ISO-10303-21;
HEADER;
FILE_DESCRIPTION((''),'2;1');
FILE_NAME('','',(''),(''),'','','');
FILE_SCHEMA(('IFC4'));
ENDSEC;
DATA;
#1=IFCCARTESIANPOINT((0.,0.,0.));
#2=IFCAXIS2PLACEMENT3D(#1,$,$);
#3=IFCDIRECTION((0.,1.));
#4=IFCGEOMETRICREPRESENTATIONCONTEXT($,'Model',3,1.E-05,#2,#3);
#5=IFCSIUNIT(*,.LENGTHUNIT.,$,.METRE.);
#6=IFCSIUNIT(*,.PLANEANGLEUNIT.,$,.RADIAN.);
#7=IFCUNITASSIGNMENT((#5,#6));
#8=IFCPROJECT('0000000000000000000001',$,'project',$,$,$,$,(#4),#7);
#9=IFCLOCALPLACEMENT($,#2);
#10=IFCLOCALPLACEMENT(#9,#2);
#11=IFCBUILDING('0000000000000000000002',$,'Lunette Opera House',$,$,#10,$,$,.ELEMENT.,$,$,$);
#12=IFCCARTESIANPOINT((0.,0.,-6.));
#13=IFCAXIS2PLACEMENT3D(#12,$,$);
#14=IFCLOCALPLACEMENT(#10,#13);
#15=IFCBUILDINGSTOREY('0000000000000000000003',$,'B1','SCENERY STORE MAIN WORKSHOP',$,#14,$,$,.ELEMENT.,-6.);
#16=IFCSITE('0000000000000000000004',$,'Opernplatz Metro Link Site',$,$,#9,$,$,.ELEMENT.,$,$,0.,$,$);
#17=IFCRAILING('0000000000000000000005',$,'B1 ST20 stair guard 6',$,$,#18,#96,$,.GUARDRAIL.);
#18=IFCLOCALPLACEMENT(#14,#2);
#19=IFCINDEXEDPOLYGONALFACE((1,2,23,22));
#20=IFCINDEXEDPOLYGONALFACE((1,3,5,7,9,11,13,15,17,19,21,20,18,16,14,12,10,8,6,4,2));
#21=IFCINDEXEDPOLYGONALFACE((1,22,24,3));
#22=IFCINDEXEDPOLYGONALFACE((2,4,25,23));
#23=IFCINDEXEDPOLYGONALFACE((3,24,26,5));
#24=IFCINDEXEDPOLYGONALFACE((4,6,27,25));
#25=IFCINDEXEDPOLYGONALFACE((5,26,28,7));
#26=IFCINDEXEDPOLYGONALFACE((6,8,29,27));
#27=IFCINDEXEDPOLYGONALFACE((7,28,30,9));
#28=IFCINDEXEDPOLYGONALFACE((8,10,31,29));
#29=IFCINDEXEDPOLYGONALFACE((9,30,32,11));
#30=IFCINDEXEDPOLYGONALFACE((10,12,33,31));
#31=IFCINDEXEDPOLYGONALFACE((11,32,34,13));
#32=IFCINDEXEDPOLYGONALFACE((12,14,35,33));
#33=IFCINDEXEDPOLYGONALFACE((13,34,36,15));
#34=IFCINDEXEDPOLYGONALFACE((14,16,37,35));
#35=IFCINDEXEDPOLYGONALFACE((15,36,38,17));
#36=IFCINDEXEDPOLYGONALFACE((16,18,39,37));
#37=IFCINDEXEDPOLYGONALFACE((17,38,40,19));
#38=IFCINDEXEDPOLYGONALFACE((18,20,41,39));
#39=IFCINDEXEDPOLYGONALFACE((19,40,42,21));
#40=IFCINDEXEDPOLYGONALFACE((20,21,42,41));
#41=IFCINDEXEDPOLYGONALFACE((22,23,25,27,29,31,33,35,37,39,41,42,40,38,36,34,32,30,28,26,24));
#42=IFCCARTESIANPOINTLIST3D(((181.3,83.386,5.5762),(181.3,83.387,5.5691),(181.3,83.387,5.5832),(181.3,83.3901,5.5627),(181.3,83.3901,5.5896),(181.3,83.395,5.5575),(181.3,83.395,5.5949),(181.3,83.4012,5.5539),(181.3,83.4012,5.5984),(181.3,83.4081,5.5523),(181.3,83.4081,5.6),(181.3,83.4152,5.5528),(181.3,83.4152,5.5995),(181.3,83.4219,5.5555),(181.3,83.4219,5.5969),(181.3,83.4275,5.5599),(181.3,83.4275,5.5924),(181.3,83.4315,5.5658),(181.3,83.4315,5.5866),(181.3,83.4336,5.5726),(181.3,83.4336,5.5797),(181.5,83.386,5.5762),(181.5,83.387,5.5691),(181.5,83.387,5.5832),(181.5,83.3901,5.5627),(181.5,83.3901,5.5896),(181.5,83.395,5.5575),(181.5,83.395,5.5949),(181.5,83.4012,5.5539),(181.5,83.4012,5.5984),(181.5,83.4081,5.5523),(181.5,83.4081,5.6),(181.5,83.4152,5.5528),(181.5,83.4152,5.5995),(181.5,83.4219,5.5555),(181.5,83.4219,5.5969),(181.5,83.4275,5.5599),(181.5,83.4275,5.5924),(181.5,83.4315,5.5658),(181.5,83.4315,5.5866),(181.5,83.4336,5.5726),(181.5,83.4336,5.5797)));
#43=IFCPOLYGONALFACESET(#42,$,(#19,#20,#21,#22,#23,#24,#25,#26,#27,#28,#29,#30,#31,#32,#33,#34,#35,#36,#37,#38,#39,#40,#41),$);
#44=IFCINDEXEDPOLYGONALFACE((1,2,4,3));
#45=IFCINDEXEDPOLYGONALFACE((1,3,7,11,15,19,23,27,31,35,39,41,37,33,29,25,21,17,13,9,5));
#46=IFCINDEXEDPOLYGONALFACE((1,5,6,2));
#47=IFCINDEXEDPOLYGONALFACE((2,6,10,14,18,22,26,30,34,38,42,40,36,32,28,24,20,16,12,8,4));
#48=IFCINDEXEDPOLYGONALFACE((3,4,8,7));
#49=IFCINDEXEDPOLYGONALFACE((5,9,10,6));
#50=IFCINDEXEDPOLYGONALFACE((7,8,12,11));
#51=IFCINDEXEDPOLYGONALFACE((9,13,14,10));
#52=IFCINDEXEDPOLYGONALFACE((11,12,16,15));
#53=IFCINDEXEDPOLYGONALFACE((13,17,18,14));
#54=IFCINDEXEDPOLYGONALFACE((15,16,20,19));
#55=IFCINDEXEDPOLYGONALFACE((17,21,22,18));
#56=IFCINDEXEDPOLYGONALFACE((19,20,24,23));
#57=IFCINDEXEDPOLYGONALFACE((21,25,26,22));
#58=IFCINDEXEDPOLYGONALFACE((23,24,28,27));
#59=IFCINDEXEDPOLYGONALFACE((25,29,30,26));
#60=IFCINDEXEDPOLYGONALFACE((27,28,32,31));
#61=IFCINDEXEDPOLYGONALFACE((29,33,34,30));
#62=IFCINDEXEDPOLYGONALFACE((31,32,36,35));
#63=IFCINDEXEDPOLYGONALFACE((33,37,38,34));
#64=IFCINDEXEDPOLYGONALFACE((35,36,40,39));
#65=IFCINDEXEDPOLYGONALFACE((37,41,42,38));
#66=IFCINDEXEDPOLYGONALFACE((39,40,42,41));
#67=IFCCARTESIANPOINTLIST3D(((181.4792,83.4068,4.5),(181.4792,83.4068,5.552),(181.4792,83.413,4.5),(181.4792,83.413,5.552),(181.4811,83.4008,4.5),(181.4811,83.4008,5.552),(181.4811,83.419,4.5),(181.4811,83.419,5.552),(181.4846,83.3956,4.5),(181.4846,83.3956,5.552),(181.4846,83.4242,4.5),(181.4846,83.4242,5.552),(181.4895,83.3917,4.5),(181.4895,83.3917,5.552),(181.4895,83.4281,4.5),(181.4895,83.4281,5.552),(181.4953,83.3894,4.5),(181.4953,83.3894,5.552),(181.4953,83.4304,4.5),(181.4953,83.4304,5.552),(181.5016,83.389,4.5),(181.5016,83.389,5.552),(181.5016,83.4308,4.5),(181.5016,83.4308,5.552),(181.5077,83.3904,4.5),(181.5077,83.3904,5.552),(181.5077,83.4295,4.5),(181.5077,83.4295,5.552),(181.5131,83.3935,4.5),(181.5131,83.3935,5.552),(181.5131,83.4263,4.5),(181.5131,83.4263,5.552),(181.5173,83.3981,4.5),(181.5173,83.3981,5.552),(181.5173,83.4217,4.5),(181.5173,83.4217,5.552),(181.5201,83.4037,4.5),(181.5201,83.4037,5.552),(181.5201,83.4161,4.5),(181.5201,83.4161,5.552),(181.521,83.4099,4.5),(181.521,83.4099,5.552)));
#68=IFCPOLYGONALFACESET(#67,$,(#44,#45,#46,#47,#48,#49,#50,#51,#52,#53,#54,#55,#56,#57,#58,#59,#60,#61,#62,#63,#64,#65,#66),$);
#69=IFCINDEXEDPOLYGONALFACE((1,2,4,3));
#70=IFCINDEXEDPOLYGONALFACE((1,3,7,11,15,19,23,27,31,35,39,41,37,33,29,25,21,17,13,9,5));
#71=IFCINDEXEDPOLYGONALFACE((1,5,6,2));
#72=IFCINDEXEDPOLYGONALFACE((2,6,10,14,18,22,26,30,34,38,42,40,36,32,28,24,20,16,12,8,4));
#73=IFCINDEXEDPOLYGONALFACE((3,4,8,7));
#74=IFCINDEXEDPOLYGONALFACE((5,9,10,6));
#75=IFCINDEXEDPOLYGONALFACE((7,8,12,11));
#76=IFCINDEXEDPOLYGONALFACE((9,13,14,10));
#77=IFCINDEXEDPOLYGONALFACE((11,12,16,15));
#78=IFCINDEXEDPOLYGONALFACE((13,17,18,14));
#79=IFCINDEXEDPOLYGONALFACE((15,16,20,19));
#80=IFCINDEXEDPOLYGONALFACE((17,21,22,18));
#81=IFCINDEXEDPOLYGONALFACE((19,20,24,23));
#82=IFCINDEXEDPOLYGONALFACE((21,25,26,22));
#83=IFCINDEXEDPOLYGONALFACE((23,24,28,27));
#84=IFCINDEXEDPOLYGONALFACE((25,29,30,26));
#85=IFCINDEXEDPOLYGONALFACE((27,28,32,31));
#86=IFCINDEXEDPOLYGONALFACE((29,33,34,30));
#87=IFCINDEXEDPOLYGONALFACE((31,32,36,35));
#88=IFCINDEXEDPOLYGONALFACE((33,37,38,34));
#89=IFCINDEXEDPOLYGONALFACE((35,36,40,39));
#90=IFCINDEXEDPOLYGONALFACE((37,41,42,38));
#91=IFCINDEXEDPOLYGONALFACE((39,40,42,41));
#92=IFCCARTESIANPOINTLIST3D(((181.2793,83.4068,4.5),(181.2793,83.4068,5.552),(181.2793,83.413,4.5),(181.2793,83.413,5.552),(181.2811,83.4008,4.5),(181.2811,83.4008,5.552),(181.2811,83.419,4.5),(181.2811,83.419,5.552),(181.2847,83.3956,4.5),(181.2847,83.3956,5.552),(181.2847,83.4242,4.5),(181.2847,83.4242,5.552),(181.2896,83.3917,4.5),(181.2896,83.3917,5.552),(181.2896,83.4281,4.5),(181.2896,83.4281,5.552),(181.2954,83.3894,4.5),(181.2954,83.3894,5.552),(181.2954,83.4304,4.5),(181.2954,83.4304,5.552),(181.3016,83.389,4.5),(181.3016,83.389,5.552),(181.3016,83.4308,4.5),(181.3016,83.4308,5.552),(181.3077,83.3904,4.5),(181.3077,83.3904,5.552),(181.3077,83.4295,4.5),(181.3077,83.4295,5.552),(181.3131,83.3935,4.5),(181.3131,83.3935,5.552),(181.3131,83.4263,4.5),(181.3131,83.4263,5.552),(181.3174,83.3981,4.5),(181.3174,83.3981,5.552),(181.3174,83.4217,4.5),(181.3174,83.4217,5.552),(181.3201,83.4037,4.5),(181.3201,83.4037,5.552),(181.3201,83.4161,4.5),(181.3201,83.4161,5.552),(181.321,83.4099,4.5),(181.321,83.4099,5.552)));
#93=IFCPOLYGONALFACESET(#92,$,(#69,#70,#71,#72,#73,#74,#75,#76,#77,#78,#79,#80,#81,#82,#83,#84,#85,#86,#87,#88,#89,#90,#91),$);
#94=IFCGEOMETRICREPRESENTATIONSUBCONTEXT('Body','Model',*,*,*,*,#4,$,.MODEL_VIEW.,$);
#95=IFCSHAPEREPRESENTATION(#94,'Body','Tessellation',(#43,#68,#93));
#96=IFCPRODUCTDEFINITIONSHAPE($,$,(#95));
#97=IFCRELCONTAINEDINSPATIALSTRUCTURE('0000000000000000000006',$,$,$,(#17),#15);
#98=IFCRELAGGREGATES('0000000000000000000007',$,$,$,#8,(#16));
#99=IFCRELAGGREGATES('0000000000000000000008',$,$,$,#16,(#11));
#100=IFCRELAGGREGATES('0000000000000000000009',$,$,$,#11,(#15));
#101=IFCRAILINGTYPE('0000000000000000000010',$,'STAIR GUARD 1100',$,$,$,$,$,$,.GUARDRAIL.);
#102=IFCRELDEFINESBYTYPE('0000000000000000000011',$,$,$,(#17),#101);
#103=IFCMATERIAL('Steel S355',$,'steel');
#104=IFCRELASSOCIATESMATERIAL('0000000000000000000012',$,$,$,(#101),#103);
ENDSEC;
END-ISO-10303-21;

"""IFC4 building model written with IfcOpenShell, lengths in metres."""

from ifc_helpers import new_model, si_unit, direction, frame, origin, origin_2d, place, context, subcontext, project, spatial, circle, extrude, material, type_object, element, save


model = new_model("IFC4")

# Units and contexts
model_context = context("Model", 3, precision=1e-05, world=origin(), true_north=direction((0.0, 1.0)))
body_context = subcontext(model_context, "Body", "Model", "MODEL_VIEW")
ifc_project = project(units=[si_unit("LENGTHUNIT", "METRE"), si_unit("PLANEANGLEUNIT", "RADIAN")], contexts=[model_context])

# Site, building, storey
site_placement = place(None, origin())
site = spatial("IfcSite", under=ifc_project, at=site_placement, Name="Opernplatz Metro Link Site", CompositionType="ELEMENT", RefElevation=0.0)
building_placement = place(site_placement, origin())
building = spatial("IfcBuilding", under=site, at=building_placement, Name="Lunette Opera House", CompositionType="ELEMENT")
storey_placement = place(building_placement, frame((0.0, 0.0, -6.0)))
storey = spatial("IfcBuildingStorey", under=building, at=storey_placement, Name="B1", Description="SCENERY STORE MAIN WORKSHOP", CompositionType="ELEMENT", Elevation=-6.0)

# Railing
ifc_material_1 = material(Name="Steel S355", Category="steel")
railing_type_1 = type_object("IfcRailingType", Name="STAIR GUARD 1100", PredefinedType="GUARDRAIL", material=ifc_material_1)
railing_1_placement = place(storey_placement, frame((181.5, 83.4099, 4.5)))
element("IfcRailing", 1, at=railing_1_placement, inside=storey, type_object=railing_type_1, Name="B1 ST20 stair guard 6", PredefinedType="GUARDRAIL", context=body_context, shape_type="SweptSolid", body=[
    extrude(circle(Radius=0.0239, at=origin_2d()), frame((0.0, 0.0, 1.0762), z_axis=(-1.0, 0.0, 0.0), x_axis=(0.0, -1.0, 0.0)), (0.0, 0.0, 1.0), 0.2),
    extrude(circle(Radius=0.021, at=origin_2d()), origin(), (0.0, 0.0, 1.0), 1.052),
    extrude(circle(Radius=0.021, at=origin_2d()), frame((-0.2, 0.0, 0.0)), (0.0, 0.0, 1.0), 1.052),
])

save(model, "model.ifc")
